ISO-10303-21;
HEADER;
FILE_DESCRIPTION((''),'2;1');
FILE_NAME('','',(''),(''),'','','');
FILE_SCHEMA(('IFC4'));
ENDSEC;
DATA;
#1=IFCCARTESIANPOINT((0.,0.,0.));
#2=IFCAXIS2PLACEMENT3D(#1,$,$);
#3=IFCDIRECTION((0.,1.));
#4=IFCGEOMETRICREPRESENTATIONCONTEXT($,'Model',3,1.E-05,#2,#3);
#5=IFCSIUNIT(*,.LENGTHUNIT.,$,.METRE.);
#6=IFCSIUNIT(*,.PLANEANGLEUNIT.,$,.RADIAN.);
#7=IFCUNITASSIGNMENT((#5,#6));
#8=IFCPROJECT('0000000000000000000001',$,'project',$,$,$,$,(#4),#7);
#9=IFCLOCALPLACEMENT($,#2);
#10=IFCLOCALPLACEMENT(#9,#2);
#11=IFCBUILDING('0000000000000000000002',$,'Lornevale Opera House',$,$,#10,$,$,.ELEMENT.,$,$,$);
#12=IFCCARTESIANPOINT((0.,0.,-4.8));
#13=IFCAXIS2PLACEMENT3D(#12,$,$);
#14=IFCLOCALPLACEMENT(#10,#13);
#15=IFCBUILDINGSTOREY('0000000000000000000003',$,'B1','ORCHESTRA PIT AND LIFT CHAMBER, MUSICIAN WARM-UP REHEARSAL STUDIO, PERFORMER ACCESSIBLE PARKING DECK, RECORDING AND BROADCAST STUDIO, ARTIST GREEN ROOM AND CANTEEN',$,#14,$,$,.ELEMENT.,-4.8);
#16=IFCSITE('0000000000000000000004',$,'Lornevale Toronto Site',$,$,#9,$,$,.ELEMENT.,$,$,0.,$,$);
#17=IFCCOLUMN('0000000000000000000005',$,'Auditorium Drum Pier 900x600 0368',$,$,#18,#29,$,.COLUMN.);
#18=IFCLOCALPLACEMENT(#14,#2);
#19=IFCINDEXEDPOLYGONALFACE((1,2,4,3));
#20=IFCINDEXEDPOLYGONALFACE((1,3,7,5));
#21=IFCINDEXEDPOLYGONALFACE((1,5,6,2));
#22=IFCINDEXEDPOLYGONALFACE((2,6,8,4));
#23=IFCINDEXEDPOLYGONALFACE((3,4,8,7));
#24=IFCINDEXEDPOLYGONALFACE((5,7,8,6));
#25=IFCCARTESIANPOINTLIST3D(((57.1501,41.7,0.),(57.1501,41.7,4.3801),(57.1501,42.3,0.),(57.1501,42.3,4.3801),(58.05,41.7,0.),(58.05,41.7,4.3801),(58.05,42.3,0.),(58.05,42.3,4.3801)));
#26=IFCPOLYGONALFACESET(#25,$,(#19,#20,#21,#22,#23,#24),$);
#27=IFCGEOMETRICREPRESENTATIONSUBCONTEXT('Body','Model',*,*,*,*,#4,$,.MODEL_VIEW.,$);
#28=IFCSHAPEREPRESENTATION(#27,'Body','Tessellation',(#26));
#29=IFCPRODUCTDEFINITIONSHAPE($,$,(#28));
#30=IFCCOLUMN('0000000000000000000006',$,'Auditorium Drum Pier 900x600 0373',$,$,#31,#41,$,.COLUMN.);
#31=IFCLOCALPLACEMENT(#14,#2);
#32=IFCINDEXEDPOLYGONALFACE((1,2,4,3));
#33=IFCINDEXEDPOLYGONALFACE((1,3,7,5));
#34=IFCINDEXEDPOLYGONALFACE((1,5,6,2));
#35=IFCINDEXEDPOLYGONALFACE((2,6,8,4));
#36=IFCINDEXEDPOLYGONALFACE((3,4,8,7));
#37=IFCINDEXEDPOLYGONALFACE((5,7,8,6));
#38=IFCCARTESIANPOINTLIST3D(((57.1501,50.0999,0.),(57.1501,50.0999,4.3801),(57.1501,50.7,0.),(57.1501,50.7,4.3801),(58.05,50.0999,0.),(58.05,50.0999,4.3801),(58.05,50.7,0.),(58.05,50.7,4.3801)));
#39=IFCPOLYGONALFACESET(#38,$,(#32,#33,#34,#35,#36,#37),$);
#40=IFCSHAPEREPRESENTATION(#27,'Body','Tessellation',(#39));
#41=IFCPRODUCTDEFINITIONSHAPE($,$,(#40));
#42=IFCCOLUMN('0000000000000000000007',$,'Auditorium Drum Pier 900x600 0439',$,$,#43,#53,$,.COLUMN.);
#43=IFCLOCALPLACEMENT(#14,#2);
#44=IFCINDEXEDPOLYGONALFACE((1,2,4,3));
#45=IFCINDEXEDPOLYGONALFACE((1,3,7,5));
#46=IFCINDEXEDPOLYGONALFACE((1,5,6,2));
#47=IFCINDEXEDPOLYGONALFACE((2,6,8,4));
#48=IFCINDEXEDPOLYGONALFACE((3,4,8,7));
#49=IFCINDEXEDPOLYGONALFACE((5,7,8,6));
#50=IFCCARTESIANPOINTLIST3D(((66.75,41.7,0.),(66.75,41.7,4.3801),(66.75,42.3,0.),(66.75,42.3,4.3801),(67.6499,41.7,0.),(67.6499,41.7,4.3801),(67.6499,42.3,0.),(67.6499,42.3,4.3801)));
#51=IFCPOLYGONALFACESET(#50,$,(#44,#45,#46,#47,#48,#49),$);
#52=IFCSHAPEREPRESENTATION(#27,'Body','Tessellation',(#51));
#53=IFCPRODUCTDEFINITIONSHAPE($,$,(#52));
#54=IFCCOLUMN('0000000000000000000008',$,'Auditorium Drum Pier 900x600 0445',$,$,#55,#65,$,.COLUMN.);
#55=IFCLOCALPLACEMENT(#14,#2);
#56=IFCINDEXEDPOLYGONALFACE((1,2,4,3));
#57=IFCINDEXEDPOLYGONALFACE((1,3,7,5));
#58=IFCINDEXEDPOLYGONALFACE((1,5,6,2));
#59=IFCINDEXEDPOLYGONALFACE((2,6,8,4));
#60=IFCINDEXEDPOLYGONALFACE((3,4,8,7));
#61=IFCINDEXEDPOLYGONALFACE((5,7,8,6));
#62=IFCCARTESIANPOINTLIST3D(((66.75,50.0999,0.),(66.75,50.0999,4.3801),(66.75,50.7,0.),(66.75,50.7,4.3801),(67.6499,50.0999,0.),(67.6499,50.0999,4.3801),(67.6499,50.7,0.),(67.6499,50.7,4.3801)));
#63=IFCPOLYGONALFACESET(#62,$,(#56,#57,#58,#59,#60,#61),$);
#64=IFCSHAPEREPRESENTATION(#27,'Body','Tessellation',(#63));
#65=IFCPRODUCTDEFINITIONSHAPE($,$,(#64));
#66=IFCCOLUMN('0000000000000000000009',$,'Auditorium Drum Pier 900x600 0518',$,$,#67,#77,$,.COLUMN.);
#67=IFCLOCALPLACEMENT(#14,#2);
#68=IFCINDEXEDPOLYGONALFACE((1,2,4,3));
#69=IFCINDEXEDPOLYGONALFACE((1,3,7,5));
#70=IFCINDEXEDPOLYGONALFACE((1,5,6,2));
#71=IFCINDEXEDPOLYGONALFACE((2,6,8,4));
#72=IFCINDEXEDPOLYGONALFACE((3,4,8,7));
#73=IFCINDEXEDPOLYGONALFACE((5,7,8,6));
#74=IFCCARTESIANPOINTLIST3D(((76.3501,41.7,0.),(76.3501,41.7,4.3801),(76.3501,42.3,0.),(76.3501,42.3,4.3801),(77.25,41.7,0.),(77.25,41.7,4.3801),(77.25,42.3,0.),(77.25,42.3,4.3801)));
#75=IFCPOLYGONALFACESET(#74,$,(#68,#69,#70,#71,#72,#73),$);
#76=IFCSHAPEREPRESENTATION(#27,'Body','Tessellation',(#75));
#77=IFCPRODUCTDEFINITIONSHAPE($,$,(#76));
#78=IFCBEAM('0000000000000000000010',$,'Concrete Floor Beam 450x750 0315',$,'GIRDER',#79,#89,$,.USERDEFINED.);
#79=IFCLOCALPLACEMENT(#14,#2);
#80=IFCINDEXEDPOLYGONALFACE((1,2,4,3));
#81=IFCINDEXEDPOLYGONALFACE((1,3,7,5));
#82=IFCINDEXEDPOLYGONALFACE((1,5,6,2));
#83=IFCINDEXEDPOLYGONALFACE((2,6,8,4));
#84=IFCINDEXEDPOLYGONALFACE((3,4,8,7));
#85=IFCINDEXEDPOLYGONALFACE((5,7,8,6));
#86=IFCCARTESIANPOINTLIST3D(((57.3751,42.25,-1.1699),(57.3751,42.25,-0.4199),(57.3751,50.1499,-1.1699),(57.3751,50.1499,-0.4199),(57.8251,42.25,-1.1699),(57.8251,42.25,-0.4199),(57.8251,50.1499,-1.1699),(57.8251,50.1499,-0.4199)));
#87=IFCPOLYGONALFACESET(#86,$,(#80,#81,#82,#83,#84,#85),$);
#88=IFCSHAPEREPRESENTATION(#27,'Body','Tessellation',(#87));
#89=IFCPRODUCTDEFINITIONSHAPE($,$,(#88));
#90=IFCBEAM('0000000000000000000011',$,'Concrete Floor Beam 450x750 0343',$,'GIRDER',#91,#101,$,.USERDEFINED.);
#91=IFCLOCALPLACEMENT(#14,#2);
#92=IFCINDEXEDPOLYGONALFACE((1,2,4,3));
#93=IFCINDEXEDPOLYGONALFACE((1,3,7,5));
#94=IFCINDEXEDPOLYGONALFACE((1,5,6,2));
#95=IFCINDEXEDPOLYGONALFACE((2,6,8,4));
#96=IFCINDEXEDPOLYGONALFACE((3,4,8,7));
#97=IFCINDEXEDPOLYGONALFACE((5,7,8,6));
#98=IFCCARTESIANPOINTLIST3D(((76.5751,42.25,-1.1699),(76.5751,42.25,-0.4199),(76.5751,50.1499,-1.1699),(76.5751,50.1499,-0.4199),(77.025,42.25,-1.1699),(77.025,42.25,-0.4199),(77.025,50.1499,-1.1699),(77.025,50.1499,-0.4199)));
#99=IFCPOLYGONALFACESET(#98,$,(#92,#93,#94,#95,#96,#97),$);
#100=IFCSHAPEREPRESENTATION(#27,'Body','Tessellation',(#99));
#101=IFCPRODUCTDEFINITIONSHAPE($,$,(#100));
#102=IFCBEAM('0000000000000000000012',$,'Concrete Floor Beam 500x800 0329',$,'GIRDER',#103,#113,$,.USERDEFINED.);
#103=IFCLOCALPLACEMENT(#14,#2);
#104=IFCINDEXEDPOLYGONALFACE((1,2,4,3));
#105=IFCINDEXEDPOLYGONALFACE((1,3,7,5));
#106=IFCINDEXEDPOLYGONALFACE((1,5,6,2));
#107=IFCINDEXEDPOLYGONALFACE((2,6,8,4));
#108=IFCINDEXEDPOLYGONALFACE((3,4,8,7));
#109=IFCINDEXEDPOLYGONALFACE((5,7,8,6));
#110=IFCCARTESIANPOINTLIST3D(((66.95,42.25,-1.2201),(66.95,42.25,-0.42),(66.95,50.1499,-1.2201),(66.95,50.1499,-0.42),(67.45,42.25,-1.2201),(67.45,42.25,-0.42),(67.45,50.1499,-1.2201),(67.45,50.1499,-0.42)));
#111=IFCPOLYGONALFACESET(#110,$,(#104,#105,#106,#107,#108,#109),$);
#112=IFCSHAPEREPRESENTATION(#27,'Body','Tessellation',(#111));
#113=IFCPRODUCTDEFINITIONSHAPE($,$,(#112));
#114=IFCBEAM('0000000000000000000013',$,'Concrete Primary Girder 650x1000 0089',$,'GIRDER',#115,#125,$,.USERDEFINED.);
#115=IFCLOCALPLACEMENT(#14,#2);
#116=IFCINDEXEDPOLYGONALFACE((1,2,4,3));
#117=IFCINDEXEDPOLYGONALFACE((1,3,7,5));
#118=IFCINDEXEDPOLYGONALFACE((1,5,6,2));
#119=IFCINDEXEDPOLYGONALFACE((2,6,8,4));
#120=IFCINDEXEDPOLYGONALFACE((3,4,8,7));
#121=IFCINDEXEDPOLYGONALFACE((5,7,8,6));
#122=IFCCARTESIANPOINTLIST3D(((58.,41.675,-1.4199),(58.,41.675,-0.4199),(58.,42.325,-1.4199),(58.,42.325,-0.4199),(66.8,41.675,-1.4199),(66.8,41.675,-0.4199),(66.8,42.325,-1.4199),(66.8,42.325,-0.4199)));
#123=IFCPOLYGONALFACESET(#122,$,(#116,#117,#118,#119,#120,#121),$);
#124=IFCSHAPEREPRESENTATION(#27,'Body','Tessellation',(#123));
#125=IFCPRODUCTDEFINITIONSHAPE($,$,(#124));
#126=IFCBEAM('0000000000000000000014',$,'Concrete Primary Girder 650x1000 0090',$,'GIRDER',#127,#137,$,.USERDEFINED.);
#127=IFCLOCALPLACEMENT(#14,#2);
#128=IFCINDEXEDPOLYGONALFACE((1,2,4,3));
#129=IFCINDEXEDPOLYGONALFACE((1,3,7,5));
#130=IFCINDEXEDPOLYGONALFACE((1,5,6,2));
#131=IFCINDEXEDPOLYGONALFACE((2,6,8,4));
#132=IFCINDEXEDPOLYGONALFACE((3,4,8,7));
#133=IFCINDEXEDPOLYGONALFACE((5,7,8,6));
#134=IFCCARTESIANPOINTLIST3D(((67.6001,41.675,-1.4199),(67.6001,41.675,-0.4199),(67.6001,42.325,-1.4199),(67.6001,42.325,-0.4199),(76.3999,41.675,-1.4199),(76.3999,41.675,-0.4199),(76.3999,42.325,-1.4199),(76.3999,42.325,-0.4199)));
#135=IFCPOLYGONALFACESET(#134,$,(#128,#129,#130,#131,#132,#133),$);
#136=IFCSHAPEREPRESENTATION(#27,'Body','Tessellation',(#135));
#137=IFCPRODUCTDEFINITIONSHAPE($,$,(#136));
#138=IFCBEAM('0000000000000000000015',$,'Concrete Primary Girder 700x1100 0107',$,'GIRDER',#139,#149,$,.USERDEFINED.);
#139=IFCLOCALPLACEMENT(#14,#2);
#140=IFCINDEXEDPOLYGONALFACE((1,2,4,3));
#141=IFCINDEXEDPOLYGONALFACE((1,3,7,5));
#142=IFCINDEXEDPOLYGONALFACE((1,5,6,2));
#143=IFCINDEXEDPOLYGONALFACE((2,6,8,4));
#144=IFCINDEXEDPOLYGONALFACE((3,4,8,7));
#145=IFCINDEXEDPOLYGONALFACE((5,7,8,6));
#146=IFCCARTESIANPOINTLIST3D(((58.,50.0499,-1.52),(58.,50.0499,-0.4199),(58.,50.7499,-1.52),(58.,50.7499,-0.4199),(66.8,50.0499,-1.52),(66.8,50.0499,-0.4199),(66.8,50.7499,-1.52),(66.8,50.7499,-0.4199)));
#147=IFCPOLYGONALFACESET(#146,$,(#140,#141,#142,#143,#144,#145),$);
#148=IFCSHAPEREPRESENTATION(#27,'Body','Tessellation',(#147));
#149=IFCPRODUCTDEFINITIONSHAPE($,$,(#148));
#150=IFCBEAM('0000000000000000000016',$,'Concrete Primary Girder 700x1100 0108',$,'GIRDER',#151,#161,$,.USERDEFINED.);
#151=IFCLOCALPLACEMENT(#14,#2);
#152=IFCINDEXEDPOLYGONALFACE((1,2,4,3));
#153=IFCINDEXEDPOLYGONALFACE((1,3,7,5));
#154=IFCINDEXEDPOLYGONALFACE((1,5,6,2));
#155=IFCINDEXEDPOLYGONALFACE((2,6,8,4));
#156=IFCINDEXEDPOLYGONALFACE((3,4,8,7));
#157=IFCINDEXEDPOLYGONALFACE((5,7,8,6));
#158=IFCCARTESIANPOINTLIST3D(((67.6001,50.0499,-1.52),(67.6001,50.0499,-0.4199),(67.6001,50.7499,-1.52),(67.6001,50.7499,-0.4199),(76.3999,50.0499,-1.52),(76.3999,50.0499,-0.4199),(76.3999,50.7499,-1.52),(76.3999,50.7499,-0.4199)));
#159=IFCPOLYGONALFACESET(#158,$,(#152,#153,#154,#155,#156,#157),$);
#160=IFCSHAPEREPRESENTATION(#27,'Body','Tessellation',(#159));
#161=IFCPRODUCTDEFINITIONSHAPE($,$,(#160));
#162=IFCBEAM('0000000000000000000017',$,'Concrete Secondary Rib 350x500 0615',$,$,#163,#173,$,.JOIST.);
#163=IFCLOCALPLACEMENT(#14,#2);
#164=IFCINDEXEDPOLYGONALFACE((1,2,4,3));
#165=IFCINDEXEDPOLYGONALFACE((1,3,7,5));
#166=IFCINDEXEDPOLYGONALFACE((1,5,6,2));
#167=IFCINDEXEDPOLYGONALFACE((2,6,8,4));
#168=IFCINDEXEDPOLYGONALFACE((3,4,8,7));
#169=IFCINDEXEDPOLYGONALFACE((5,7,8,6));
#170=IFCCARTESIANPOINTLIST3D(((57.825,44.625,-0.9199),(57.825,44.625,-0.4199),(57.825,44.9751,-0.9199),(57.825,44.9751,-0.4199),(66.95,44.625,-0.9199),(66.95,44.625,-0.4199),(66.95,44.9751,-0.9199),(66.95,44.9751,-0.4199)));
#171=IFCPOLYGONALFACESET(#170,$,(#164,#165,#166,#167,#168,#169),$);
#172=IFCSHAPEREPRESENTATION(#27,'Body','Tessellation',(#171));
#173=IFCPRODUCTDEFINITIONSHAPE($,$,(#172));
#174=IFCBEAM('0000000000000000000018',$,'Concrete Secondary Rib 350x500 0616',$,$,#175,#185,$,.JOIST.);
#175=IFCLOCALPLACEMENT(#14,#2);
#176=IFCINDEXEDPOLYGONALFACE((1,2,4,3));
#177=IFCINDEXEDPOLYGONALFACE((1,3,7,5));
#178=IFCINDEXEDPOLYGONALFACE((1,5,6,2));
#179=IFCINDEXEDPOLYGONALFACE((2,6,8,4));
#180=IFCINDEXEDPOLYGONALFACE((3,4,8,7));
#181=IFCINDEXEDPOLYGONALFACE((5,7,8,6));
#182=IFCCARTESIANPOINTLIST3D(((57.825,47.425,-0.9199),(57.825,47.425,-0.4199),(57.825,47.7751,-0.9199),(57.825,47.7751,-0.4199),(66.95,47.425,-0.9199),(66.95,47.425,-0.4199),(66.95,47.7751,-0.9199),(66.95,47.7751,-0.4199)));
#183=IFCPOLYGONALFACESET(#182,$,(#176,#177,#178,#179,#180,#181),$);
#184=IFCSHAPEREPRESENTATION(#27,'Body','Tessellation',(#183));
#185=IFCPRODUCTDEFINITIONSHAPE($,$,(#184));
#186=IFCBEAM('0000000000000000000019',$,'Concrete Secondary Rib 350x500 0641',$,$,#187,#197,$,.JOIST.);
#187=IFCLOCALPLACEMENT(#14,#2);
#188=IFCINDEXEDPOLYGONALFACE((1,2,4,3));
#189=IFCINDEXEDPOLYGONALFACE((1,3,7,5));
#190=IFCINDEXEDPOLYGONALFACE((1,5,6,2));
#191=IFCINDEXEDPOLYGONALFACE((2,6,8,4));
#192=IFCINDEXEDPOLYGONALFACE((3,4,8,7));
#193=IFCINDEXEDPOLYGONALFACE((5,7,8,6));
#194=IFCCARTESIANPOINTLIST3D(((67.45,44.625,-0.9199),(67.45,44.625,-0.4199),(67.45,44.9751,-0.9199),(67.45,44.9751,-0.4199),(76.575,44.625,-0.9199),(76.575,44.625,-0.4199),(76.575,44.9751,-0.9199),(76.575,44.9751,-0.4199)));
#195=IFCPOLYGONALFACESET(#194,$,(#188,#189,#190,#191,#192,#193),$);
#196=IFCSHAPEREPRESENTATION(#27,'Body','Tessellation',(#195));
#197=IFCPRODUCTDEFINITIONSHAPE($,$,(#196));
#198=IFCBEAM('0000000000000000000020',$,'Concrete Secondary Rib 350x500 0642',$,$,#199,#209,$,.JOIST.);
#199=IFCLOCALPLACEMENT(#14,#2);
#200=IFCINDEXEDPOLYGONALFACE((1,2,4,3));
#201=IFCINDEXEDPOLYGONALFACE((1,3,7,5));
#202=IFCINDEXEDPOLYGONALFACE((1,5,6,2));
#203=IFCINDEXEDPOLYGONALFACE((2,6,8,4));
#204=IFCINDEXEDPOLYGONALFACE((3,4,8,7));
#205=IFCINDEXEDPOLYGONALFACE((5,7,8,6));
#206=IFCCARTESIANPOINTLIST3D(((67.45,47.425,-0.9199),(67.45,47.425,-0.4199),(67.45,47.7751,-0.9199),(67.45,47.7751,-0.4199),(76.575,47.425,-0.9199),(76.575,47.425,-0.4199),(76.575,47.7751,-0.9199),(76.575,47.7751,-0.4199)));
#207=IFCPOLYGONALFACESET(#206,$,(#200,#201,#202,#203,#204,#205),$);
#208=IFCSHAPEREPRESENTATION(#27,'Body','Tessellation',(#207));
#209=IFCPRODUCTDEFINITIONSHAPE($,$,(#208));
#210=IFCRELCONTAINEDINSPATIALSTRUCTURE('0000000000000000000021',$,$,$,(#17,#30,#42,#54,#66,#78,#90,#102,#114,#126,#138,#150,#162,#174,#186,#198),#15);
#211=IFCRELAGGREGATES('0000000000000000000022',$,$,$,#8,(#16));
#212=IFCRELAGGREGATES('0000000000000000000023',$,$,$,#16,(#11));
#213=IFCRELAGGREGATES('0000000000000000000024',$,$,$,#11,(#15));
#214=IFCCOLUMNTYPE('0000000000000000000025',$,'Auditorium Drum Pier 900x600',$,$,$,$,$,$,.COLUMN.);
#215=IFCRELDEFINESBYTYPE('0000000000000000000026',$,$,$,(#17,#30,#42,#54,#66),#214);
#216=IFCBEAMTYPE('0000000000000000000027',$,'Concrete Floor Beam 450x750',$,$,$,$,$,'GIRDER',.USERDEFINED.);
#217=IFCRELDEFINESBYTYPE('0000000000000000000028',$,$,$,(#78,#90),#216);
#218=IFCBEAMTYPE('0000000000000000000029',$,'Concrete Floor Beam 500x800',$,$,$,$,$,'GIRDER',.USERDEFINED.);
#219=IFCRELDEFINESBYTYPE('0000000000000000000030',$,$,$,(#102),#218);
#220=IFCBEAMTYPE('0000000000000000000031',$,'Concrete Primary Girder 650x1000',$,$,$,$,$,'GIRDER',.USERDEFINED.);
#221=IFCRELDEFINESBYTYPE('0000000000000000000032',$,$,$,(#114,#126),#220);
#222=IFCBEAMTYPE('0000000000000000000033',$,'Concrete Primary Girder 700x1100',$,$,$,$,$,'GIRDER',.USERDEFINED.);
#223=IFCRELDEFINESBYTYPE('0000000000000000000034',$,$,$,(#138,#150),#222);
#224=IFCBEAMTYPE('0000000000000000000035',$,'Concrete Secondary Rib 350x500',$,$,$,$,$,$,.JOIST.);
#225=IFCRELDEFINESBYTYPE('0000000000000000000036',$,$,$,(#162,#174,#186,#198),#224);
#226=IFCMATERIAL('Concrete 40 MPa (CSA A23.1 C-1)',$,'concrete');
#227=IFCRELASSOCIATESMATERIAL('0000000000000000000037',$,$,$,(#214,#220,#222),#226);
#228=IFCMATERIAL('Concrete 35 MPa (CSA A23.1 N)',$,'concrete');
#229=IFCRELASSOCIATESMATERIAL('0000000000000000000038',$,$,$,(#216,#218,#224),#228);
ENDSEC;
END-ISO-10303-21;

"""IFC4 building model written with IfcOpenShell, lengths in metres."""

from ifc_helpers import new_model, si_unit, direction, frame, origin, origin_2d, place, context, subcontext, project, spatial, rectangle, extrude, material, material_profile, profile_set, type_object, element, save


model = new_model("IFC4")

# Units and contexts
model_context = context("Model", 3, precision=1e-05, world=origin(), true_north=direction((0.0, 1.0)))
body_context = subcontext(model_context, "Body", "Model", "MODEL_VIEW")
ifc_project = project(units=[si_unit("LENGTHUNIT", "METRE"), si_unit("PLANEANGLEUNIT", "RADIAN")], contexts=[model_context])

# Site, building, storey
site_placement = place(None, origin())
site = spatial("IfcSite", under=ifc_project, at=site_placement, Name="Lornevale Toronto Site", CompositionType="ELEMENT", RefElevation=0.0)
building_placement = place(site_placement, origin())
building = spatial("IfcBuilding", under=site, at=building_placement, Name="Lornevale Opera House", CompositionType="ELEMENT")
storey_placement = place(building_placement, frame((0.0, 0.0, -4.8)))
storey = spatial("IfcBuildingStorey", under=building, at=storey_placement, Name="B1", Description="ORCHESTRA PIT AND LIFT CHAMBER, MUSICIAN WARM-UP REHEARSAL STUDIO, PERFORMER ACCESSIBLE PARKING DECK, RECORDING AND BROADCAST STUDIO, ARTIST GREEN ROOM AND CANTEEN", CompositionType="ELEMENT", Elevation=-4.8)

# Columns
ifc_material_1 = material(Name="Concrete 40 MPa (CSA A23.1 C-1)", Category="concrete")
ifc_material_profile_1 = material_profile(ifc_material_1, rectangle(XDim=0.8999, YDim=0.6001, at=origin_2d()), Name="RC900x600")
ifc_profile_set_1 = profile_set([ifc_material_profile_1], Name="Concrete 40 MPa (CSA A23.1 C-1)")
column_type = type_object("IfcColumnType", Name="Auditorium Drum Pier 900x600", PredefinedType="COLUMN", material=ifc_profile_set_1)
for number, where, z_axis, x_axis, name in (
    (1, (57.6001, 42.0, 0.0), (0.0, 0.0, 1.0), (1.0, 0.0, 0.0), "Auditorium Drum Pier 900x600 0368"),
    (2, (57.6001, 50.3999, 0.0), (0.0, 0.0, 1.0), (1.0, 0.0, 0.0), "Auditorium Drum Pier 900x600 0373"),
    (3, (67.2, 42.0, 0.0), (0.0, 0.0, 1.0), (1.0, 0.0, 0.0), "Auditorium Drum Pier 900x600 0439"),
    (4, (67.2, 50.3999, 0.0), (0.0, 0.0, 1.0), (1.0, 0.0, 0.0), "Auditorium Drum Pier 900x600 0445"),
    (5, (76.8, 42.0, 0.0), (0.0, 0.0, 1.0), (1.0, 0.0, 0.0), "Auditorium Drum Pier 900x600 0518"),
):
    element("IfcColumn", number, at=place(storey_placement, frame(where, z_axis=z_axis, x_axis=x_axis)), inside=storey, type_object=column_type, Name=name, PredefinedType="COLUMN", context=body_context, shape_type="SweptSolid", body=[
        extrude(rectangle(XDim=0.8999, YDim=0.6001, at=origin_2d()), origin(), (0.0, 0.0, 1.0), 4.3801),
    ])

# Beams
ifc_material_2 = material(Name="Concrete 35 MPa (CSA A23.1 N)", Category="concrete")
ifc_material_profile_2 = material_profile(ifc_material_2, rectangle(XDim=0.45, YDim=0.75, at=origin_2d()), Name="RC450x750")
ifc_profile_set_2 = profile_set([ifc_material_profile_2], Name="Concrete 35 MPa (CSA A23.1 N)")
beam_type_1 = type_object("IfcBeamType", Name="Concrete Floor Beam 450x750", ElementType="GIRDER", PredefinedType="USERDEFINED", material=ifc_profile_set_2)
for number, where, z_axis, x_axis, name in (
    (6, (57.6001, 42.25, -0.7949), (0.0, 1.0, 0.0), (-1.0, 0.0, 0.0), "Concrete Floor Beam 450x750 0315"),
    (7, (76.8, 42.25, -0.7949), (0.0, 1.0, 0.0), (-1.0, 0.0, 0.0), "Concrete Floor Beam 450x750 0343"),
):
    element("IfcBeam", number, at=place(storey_placement, frame(where, z_axis=z_axis, x_axis=x_axis)), inside=storey, type_object=beam_type_1, Name=name, ObjectType="GIRDER", PredefinedType="USERDEFINED", context=body_context, shape_type="SweptSolid", body=[
        extrude(rectangle(XDim=0.45, YDim=0.75, at=origin_2d()), origin(), (0.0, 0.0, 1.0), 7.8999),
    ])
ifc_material_profile_3 = material_profile(ifc_material_2, rectangle(XDim=0.5, YDim=0.8, at=origin_2d()), Name="RC500x800")
ifc_profile_set_3 = profile_set([ifc_material_profile_3], Name="Concrete 35 MPa (CSA A23.1 N)")
beam_type_2 = type_object("IfcBeamType", Name="Concrete Floor Beam 500x800", ElementType="GIRDER", PredefinedType="USERDEFINED", material=ifc_profile_set_3)
beam_1_placement = place(storey_placement, frame((67.2, 42.25, -0.8201), z_axis=(0.0, 1.0, 0.0), x_axis=(-1.0, 0.0, 0.0)))
element("IfcBeam", 8, at=beam_1_placement, inside=storey, type_object=beam_type_2, Name="Concrete Floor Beam 500x800 0329", ObjectType="GIRDER", PredefinedType="USERDEFINED", context=body_context, shape_type="SweptSolid", body=[
    extrude(rectangle(XDim=0.5, YDim=0.8, at=origin_2d()), origin(), (0.0, 0.0, 1.0), 7.8999),
])
ifc_material_profile_4 = material_profile(ifc_material_1, rectangle(XDim=0.6499, YDim=1.0, at=origin_2d()), Name="RC650x1000")
ifc_profile_set_4 = profile_set([ifc_material_profile_4], Name="Concrete 40 MPa (CSA A23.1 C-1)")
beam_type_3 = type_object("IfcBeamType", Name="Concrete Primary Girder 650x1000", ElementType="GIRDER", PredefinedType="USERDEFINED", material=ifc_profile_set_4)
beam_2_placement = place(storey_placement, frame((58.0, 42.0, -0.9199), z_axis=(1.0, 0.0, 0.0), x_axis=(0.0, 1.0, 0.0)))
element("IfcBeam", 9, at=beam_2_placement, inside=storey, type_object=beam_type_3, Name="Concrete Primary Girder 650x1000 0089", ObjectType="GIRDER", PredefinedType="USERDEFINED", context=body_context, shape_type="SweptSolid", body=[
    extrude(rectangle(XDim=0.6499, YDim=1.0, at=origin_2d()), origin(), (0.0, 0.0, 1.0), 8.8),
])
beam_3_placement = place(storey_placement, frame((67.6001, 42.0, -0.9199), z_axis=(1.0, 0.0, 0.0), x_axis=(0.0, 1.0, 0.0)))
element("IfcBeam", 10, at=beam_3_placement, inside=storey, type_object=beam_type_3, Name="Concrete Primary Girder 650x1000 0090", ObjectType="GIRDER", PredefinedType="USERDEFINED", context=body_context, shape_type="SweptSolid", body=[
    extrude(rectangle(XDim=0.6499, YDim=1.0, at=origin_2d()), origin(), (0.0, 0.0, 1.0), 8.7998),
])
ifc_material_profile_5 = material_profile(ifc_material_1, rectangle(XDim=0.7, YDim=1.1001, at=origin_2d()), Name="RC700x1100")
ifc_profile_set_5 = profile_set([ifc_material_profile_5], Name="Concrete 40 MPa (CSA A23.1 C-1)")
beam_type_4 = type_object("IfcBeamType", Name="Concrete Primary Girder 700x1100", ElementType="GIRDER", PredefinedType="USERDEFINED", material=ifc_profile_set_5)
beam_4_placement = place(storey_placement, frame((58.0, 50.3999, -0.97), z_axis=(1.0, 0.0, 0.0), x_axis=(0.0, 1.0, 0.0)))
element("IfcBeam", 11, at=beam_4_placement, inside=storey, type_object=beam_type_4, Name="Concrete Primary Girder 700x1100 0107", ObjectType="GIRDER", PredefinedType="USERDEFINED", context=body_context, shape_type="SweptSolid", body=[
    extrude(rectangle(XDim=0.7, YDim=1.1001, at=origin_2d()), origin(), (0.0, 0.0, 1.0), 8.8),
])
beam_5_placement = place(storey_placement, frame((67.6001, 50.3999, -0.97), z_axis=(1.0, 0.0, 0.0), x_axis=(0.0, 1.0, 0.0)))
element("IfcBeam", 12, at=beam_5_placement, inside=storey, type_object=beam_type_4, Name="Concrete Primary Girder 700x1100 0108", ObjectType="GIRDER", PredefinedType="USERDEFINED", context=body_context, shape_type="SweptSolid", body=[
    extrude(rectangle(XDim=0.7, YDim=1.1001, at=origin_2d()), origin(), (0.0, 0.0, 1.0), 8.7998),
])
ifc_material_profile_6 = material_profile(ifc_material_2, rectangle(XDim=0.3501, YDim=0.5, at=origin_2d()), Name="RC350x500")
ifc_profile_set_6 = profile_set([ifc_material_profile_6], Name="Concrete 35 MPa (CSA A23.1 N)")
beam_type_5 = type_object("IfcBeamType", Name="Concrete Secondary Rib 350x500", PredefinedType="JOIST", material=ifc_profile_set_6)
for number, where, z_axis, x_axis, name in (
    (13, (57.825, 44.8, -0.6699), (1.0, 0.0, 0.0), (0.0, 1.0, 0.0), "Concrete Secondary Rib 350x500 0615"),
    (14, (57.825, 47.6001, -0.6699), (1.0, 0.0, 0.0), (0.0, 1.0, 0.0), "Concrete Secondary Rib 350x500 0616"),
    (15, (67.45, 44.8, -0.6699), (1.0, 0.0, 0.0), (0.0, 1.0, 0.0), "Concrete Secondary Rib 350x500 0641"),
    (16, (67.45, 47.6001, -0.6699), (1.0, 0.0, 0.0), (0.0, 1.0, 0.0), "Concrete Secondary Rib 350x500 0642"),
):
    element("IfcBeam", number, at=place(storey_placement, frame(where, z_axis=z_axis, x_axis=x_axis)), inside=storey, type_object=beam_type_5, Name=name, PredefinedType="JOIST", context=body_context, shape_type="SweptSolid", body=[
        extrude(rectangle(XDim=0.3501, YDim=0.5, at=origin_2d()), origin(), (0.0, 0.0, 1.0), 9.125),
    ])

save(model, "model.ifc")
